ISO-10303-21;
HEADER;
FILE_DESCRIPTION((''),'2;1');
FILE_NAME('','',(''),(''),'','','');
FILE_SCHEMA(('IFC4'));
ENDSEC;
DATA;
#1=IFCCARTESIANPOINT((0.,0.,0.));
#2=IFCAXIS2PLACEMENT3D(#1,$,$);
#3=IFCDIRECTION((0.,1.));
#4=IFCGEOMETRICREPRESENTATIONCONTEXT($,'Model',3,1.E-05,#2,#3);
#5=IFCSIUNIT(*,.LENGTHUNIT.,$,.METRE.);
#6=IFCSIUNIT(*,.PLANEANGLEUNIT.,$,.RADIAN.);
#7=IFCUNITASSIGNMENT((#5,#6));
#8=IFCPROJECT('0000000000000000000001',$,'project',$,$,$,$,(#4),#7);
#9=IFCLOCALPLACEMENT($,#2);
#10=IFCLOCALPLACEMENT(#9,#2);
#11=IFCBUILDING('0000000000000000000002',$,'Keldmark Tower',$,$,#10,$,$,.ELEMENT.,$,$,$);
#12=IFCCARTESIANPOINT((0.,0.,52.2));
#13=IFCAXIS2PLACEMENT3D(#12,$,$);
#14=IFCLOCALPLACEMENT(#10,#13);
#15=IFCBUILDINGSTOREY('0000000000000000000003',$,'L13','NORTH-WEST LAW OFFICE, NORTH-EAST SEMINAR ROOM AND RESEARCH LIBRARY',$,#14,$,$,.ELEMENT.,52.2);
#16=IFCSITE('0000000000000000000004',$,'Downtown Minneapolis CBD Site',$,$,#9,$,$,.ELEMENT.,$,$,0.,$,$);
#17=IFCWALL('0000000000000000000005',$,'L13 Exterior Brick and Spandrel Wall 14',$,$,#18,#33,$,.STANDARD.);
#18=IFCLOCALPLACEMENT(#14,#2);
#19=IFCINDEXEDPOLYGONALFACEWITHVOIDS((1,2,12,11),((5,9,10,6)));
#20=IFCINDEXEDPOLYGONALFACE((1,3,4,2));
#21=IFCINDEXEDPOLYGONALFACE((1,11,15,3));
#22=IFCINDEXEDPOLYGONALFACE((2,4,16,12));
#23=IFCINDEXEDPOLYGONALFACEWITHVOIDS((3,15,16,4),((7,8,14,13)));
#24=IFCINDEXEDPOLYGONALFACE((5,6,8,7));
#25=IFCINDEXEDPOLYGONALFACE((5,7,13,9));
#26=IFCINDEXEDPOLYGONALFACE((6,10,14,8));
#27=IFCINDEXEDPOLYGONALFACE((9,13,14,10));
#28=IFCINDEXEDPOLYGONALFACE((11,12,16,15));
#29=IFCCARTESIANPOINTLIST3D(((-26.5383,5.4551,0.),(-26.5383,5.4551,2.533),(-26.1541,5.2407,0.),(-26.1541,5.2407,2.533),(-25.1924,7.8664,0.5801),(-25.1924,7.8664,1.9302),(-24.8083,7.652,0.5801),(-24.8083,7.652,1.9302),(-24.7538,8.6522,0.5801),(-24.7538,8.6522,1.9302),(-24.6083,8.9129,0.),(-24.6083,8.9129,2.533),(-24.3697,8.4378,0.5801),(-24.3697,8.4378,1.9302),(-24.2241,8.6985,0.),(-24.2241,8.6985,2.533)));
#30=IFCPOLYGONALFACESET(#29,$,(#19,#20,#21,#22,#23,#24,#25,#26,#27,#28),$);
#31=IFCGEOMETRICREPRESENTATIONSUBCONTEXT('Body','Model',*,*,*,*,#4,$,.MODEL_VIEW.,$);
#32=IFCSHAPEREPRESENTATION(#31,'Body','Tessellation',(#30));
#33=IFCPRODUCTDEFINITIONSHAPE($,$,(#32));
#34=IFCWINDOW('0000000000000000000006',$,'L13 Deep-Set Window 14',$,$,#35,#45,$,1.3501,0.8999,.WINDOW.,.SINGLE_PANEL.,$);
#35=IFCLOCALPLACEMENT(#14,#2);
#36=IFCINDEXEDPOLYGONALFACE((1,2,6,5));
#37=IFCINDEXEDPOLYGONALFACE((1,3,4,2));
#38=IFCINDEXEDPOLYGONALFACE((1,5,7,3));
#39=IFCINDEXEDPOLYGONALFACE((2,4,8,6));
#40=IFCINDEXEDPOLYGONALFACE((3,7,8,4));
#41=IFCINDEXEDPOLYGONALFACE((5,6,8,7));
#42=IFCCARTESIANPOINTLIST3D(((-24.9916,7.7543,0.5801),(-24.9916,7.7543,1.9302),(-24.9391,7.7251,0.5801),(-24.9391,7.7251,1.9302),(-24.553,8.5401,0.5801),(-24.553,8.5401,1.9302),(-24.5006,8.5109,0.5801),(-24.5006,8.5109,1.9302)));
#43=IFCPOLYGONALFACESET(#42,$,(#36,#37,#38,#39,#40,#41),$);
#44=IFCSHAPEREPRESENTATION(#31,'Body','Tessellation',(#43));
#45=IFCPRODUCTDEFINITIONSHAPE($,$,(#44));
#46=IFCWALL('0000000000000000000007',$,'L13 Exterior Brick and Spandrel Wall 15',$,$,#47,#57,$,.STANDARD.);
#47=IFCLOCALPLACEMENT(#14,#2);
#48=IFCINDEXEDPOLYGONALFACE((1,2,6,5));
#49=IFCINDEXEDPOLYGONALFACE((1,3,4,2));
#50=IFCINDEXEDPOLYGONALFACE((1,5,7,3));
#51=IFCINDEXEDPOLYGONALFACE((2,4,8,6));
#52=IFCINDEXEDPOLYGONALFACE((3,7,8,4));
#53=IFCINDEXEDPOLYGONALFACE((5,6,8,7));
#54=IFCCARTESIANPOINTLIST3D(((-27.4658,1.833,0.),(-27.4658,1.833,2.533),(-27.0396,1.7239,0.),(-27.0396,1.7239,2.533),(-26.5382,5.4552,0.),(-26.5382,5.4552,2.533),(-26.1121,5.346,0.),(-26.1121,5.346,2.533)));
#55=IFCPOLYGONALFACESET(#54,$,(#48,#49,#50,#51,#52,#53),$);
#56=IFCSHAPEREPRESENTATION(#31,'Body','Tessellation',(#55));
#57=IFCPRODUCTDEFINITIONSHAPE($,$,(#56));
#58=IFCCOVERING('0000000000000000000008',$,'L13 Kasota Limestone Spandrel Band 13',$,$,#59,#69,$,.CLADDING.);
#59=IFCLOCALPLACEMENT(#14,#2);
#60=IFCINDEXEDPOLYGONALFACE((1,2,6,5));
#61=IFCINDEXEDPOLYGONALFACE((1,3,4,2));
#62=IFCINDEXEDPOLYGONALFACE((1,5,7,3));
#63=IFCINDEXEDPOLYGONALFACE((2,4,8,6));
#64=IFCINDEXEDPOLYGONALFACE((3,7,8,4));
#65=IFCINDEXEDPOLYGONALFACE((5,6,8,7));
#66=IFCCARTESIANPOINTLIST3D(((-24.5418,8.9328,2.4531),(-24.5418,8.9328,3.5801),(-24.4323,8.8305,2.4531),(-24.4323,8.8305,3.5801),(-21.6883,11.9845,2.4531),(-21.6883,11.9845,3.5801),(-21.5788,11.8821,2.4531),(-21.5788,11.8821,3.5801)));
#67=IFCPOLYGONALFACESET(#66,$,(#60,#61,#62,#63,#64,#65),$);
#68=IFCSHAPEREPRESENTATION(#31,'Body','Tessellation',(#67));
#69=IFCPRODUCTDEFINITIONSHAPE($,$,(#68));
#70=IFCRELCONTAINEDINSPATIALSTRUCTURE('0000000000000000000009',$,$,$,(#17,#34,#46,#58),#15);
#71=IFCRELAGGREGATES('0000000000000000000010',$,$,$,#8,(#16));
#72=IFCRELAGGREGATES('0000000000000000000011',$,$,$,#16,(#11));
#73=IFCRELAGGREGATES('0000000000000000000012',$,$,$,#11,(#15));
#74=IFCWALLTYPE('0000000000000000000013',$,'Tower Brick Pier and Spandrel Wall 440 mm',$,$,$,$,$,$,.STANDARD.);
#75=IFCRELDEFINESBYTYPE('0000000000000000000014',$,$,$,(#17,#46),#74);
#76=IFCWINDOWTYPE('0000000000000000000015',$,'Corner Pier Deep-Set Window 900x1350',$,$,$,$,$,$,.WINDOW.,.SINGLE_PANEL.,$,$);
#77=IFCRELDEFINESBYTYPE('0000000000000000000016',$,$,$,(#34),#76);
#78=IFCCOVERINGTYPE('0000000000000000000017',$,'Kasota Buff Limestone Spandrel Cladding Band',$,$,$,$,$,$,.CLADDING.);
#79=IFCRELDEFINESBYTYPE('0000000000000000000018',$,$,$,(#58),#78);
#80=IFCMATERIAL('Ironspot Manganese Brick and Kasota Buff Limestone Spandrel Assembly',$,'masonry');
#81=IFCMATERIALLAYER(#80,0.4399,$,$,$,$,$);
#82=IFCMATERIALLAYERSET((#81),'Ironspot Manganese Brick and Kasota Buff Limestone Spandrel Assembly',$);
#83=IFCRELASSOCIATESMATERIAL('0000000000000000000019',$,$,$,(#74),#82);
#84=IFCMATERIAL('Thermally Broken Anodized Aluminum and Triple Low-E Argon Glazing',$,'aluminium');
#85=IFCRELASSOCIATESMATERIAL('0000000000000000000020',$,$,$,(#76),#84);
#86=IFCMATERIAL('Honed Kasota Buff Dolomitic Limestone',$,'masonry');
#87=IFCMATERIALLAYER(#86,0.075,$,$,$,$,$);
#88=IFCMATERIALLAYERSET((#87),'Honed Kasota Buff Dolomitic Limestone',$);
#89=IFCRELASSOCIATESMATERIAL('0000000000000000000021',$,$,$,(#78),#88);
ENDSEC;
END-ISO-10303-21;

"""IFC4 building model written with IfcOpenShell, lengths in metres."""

from ifc_helpers import new_model, si_unit, direction, frame, frame_2d, origin, origin_2d, place, context, subcontext, project, spatial, rectangle, extrude, material, layer, layer_set, type_object, element, fill, save


model = new_model("IFC4")

# Units and contexts
model_context = context("Model", 3, precision=1e-05, world=origin(), true_north=direction((0.0, 1.0)))
body_context = subcontext(model_context, "Body", "Model", "MODEL_VIEW")
ifc_project = project(units=[si_unit("LENGTHUNIT", "METRE"), si_unit("PLANEANGLEUNIT", "RADIAN")], contexts=[model_context])

# Site, building, storey
site_placement = place(None, origin())
site = spatial("IfcSite", under=ifc_project, at=site_placement, Name="Downtown Minneapolis CBD Site", CompositionType="ELEMENT", RefElevation=0.0)
building_placement = place(site_placement, origin())
building = spatial("IfcBuilding", under=site, at=building_placement, Name="Keldmark Tower", CompositionType="ELEMENT")
storey_placement = place(building_placement, frame((0.0, 0.0, 52.2)))
storey = spatial("IfcBuildingStorey", under=building, at=storey_placement, Name="L13", Description="NORTH-WEST LAW OFFICE, NORTH-EAST SEMINAR ROOM AND RESEARCH LIBRARY", CompositionType="ELEMENT", Elevation=52.2)

# Wall, opening, window
ifc_material_1 = material(Name="Ironspot Manganese Brick and Kasota Buff Limestone Spandrel Assembly", Category="masonry")
ifc_layer_1 = layer(ifc_material_1, 0.4399)
ifc_layer_set_1 = layer_set([ifc_layer_1], Name="Ironspot Manganese Brick and Kasota Buff Limestone Spandrel Assembly")
wall_type_1 = type_object("IfcWallType", Name="Tower Brick Pier and Spandrel Wall 440 mm", PredefinedType="STANDARD", material=ifc_layer_set_1)
ifc_material_2 = material(Name="Thermally Broken Anodized Aluminum and Triple Low-E Argon Glazing", Category="aluminium")
window_type = type_object("IfcWindowType", Name="Corner Pier Deep-Set Window 900x1350", PartitioningType="SINGLE_PANEL", PredefinedType="WINDOW", material=ifc_material_2)
wall_1_placement = place(storey_placement, frame((-26.3462, 5.3479, 0.0), z_axis=(0.0, 0.0, 1.0), x_axis=(0.487369, 0.873196, 0.0)))
wall_1 = element("IfcWall", 1, at=wall_1_placement, inside=storey, type_object=wall_type_1, Name="L13 Exterior Brick and Spandrel Wall 14", PredefinedType="STANDARD", context=body_context, shape_type="SweptSolid", body=[
    extrude(rectangle(XDim=3.96, YDim=0.4399, at=frame_2d((1.98, 0.0))), origin(), (0.0, 0.0, 1.0), 2.533),
])
opening_1_placement = place(wall_1_placement, frame((2.7615, 0.0, 0.5801)))
opening_1 = element("IfcOpeningElement", 2, at=opening_1_placement, cuts=wall_1, PredefinedType="OPENING", context=body_context, shape_type="SweptSolid", body=[
    extrude(rectangle(XDim=0.8999, YDim=1.3501, at=frame_2d((0.45, 0.675))), frame((0.0, 0.23, 0.0), z_axis=(0.0, -1.0, 0.0), x_axis=(1.0, 0.0, 0.0)), (0.0, 0.0, 1.0), 0.46),
])
window_1_placement = place(opening_1_placement, origin())
window_1 = element("IfcWindow", 3, at=window_1_placement, inside=storey, type_object=window_type, Name="L13 Deep-Set Window 14", OverallHeight=1.3501, OverallWidth=0.8999, PartitioningType="SINGLE_PANEL", PredefinedType="WINDOW", context=body_context, shape_type="SweptSolid", body=[
    extrude(rectangle(XDim=0.8999, YDim=1.3501, at=frame_2d((0.45, 0.675))), frame((0.0, -0.01, 0.0), z_axis=(0.0, -1.0, 0.0), x_axis=(1.0, 0.0, 0.0)), (0.0, 0.0, 1.0), 0.0601),
])
fill(opening_1, window_1)

# Wall
wall_2_placement = place(storey_placement, frame((-27.2527, 1.7783, 0.0), z_axis=(0.0, 0.0, 1.0), x_axis=(0.248063, 0.968744, 0.0)))
element("IfcWall", 4, at=wall_2_placement, inside=storey, type_object=wall_type_1, Name="L13 Exterior Brick and Spandrel Wall 15", PredefinedType="STANDARD", context=body_context, shape_type="SweptSolid", body=[
    extrude(rectangle(XDim=3.739, YDim=0.4399, at=frame_2d((1.8696, 0.0))), origin(), (0.0, 0.0, 1.0), 2.533),
])

# Covering
ifc_material_3 = material(Name="Honed Kasota Buff Dolomitic Limestone", Category="masonry")
ifc_layer_2 = layer(ifc_material_3, 0.075)
ifc_layer_set_2 = layer_set([ifc_layer_2], Name="Honed Kasota Buff Dolomitic Limestone")
covering_type = type_object("IfcCoveringType", Name="Kasota Buff Limestone Spandrel Cladding Band", PredefinedType="CLADDING", material=ifc_layer_set_2)
covering_placement = place(storey_placement, frame((-23.0603, 10.4075, 2.4531), z_axis=(0.0, 0.0, 1.0), x_axis=(-0.683006, -0.730413, 0.0)))
element("IfcCovering", 5, at=covering_placement, inside=storey, type_object=covering_type, Name="L13 Kasota Limestone Spandrel Band 13", PredefinedType="CLADDING", context=body_context, shape_type="SweptSolid", body=[
    extrude(rectangle(XDim=4.178, YDim=0.1499, at=origin_2d()), origin(), (0.0, 0.0, 1.0), 1.127),
])

save(model, "model.ifc")
